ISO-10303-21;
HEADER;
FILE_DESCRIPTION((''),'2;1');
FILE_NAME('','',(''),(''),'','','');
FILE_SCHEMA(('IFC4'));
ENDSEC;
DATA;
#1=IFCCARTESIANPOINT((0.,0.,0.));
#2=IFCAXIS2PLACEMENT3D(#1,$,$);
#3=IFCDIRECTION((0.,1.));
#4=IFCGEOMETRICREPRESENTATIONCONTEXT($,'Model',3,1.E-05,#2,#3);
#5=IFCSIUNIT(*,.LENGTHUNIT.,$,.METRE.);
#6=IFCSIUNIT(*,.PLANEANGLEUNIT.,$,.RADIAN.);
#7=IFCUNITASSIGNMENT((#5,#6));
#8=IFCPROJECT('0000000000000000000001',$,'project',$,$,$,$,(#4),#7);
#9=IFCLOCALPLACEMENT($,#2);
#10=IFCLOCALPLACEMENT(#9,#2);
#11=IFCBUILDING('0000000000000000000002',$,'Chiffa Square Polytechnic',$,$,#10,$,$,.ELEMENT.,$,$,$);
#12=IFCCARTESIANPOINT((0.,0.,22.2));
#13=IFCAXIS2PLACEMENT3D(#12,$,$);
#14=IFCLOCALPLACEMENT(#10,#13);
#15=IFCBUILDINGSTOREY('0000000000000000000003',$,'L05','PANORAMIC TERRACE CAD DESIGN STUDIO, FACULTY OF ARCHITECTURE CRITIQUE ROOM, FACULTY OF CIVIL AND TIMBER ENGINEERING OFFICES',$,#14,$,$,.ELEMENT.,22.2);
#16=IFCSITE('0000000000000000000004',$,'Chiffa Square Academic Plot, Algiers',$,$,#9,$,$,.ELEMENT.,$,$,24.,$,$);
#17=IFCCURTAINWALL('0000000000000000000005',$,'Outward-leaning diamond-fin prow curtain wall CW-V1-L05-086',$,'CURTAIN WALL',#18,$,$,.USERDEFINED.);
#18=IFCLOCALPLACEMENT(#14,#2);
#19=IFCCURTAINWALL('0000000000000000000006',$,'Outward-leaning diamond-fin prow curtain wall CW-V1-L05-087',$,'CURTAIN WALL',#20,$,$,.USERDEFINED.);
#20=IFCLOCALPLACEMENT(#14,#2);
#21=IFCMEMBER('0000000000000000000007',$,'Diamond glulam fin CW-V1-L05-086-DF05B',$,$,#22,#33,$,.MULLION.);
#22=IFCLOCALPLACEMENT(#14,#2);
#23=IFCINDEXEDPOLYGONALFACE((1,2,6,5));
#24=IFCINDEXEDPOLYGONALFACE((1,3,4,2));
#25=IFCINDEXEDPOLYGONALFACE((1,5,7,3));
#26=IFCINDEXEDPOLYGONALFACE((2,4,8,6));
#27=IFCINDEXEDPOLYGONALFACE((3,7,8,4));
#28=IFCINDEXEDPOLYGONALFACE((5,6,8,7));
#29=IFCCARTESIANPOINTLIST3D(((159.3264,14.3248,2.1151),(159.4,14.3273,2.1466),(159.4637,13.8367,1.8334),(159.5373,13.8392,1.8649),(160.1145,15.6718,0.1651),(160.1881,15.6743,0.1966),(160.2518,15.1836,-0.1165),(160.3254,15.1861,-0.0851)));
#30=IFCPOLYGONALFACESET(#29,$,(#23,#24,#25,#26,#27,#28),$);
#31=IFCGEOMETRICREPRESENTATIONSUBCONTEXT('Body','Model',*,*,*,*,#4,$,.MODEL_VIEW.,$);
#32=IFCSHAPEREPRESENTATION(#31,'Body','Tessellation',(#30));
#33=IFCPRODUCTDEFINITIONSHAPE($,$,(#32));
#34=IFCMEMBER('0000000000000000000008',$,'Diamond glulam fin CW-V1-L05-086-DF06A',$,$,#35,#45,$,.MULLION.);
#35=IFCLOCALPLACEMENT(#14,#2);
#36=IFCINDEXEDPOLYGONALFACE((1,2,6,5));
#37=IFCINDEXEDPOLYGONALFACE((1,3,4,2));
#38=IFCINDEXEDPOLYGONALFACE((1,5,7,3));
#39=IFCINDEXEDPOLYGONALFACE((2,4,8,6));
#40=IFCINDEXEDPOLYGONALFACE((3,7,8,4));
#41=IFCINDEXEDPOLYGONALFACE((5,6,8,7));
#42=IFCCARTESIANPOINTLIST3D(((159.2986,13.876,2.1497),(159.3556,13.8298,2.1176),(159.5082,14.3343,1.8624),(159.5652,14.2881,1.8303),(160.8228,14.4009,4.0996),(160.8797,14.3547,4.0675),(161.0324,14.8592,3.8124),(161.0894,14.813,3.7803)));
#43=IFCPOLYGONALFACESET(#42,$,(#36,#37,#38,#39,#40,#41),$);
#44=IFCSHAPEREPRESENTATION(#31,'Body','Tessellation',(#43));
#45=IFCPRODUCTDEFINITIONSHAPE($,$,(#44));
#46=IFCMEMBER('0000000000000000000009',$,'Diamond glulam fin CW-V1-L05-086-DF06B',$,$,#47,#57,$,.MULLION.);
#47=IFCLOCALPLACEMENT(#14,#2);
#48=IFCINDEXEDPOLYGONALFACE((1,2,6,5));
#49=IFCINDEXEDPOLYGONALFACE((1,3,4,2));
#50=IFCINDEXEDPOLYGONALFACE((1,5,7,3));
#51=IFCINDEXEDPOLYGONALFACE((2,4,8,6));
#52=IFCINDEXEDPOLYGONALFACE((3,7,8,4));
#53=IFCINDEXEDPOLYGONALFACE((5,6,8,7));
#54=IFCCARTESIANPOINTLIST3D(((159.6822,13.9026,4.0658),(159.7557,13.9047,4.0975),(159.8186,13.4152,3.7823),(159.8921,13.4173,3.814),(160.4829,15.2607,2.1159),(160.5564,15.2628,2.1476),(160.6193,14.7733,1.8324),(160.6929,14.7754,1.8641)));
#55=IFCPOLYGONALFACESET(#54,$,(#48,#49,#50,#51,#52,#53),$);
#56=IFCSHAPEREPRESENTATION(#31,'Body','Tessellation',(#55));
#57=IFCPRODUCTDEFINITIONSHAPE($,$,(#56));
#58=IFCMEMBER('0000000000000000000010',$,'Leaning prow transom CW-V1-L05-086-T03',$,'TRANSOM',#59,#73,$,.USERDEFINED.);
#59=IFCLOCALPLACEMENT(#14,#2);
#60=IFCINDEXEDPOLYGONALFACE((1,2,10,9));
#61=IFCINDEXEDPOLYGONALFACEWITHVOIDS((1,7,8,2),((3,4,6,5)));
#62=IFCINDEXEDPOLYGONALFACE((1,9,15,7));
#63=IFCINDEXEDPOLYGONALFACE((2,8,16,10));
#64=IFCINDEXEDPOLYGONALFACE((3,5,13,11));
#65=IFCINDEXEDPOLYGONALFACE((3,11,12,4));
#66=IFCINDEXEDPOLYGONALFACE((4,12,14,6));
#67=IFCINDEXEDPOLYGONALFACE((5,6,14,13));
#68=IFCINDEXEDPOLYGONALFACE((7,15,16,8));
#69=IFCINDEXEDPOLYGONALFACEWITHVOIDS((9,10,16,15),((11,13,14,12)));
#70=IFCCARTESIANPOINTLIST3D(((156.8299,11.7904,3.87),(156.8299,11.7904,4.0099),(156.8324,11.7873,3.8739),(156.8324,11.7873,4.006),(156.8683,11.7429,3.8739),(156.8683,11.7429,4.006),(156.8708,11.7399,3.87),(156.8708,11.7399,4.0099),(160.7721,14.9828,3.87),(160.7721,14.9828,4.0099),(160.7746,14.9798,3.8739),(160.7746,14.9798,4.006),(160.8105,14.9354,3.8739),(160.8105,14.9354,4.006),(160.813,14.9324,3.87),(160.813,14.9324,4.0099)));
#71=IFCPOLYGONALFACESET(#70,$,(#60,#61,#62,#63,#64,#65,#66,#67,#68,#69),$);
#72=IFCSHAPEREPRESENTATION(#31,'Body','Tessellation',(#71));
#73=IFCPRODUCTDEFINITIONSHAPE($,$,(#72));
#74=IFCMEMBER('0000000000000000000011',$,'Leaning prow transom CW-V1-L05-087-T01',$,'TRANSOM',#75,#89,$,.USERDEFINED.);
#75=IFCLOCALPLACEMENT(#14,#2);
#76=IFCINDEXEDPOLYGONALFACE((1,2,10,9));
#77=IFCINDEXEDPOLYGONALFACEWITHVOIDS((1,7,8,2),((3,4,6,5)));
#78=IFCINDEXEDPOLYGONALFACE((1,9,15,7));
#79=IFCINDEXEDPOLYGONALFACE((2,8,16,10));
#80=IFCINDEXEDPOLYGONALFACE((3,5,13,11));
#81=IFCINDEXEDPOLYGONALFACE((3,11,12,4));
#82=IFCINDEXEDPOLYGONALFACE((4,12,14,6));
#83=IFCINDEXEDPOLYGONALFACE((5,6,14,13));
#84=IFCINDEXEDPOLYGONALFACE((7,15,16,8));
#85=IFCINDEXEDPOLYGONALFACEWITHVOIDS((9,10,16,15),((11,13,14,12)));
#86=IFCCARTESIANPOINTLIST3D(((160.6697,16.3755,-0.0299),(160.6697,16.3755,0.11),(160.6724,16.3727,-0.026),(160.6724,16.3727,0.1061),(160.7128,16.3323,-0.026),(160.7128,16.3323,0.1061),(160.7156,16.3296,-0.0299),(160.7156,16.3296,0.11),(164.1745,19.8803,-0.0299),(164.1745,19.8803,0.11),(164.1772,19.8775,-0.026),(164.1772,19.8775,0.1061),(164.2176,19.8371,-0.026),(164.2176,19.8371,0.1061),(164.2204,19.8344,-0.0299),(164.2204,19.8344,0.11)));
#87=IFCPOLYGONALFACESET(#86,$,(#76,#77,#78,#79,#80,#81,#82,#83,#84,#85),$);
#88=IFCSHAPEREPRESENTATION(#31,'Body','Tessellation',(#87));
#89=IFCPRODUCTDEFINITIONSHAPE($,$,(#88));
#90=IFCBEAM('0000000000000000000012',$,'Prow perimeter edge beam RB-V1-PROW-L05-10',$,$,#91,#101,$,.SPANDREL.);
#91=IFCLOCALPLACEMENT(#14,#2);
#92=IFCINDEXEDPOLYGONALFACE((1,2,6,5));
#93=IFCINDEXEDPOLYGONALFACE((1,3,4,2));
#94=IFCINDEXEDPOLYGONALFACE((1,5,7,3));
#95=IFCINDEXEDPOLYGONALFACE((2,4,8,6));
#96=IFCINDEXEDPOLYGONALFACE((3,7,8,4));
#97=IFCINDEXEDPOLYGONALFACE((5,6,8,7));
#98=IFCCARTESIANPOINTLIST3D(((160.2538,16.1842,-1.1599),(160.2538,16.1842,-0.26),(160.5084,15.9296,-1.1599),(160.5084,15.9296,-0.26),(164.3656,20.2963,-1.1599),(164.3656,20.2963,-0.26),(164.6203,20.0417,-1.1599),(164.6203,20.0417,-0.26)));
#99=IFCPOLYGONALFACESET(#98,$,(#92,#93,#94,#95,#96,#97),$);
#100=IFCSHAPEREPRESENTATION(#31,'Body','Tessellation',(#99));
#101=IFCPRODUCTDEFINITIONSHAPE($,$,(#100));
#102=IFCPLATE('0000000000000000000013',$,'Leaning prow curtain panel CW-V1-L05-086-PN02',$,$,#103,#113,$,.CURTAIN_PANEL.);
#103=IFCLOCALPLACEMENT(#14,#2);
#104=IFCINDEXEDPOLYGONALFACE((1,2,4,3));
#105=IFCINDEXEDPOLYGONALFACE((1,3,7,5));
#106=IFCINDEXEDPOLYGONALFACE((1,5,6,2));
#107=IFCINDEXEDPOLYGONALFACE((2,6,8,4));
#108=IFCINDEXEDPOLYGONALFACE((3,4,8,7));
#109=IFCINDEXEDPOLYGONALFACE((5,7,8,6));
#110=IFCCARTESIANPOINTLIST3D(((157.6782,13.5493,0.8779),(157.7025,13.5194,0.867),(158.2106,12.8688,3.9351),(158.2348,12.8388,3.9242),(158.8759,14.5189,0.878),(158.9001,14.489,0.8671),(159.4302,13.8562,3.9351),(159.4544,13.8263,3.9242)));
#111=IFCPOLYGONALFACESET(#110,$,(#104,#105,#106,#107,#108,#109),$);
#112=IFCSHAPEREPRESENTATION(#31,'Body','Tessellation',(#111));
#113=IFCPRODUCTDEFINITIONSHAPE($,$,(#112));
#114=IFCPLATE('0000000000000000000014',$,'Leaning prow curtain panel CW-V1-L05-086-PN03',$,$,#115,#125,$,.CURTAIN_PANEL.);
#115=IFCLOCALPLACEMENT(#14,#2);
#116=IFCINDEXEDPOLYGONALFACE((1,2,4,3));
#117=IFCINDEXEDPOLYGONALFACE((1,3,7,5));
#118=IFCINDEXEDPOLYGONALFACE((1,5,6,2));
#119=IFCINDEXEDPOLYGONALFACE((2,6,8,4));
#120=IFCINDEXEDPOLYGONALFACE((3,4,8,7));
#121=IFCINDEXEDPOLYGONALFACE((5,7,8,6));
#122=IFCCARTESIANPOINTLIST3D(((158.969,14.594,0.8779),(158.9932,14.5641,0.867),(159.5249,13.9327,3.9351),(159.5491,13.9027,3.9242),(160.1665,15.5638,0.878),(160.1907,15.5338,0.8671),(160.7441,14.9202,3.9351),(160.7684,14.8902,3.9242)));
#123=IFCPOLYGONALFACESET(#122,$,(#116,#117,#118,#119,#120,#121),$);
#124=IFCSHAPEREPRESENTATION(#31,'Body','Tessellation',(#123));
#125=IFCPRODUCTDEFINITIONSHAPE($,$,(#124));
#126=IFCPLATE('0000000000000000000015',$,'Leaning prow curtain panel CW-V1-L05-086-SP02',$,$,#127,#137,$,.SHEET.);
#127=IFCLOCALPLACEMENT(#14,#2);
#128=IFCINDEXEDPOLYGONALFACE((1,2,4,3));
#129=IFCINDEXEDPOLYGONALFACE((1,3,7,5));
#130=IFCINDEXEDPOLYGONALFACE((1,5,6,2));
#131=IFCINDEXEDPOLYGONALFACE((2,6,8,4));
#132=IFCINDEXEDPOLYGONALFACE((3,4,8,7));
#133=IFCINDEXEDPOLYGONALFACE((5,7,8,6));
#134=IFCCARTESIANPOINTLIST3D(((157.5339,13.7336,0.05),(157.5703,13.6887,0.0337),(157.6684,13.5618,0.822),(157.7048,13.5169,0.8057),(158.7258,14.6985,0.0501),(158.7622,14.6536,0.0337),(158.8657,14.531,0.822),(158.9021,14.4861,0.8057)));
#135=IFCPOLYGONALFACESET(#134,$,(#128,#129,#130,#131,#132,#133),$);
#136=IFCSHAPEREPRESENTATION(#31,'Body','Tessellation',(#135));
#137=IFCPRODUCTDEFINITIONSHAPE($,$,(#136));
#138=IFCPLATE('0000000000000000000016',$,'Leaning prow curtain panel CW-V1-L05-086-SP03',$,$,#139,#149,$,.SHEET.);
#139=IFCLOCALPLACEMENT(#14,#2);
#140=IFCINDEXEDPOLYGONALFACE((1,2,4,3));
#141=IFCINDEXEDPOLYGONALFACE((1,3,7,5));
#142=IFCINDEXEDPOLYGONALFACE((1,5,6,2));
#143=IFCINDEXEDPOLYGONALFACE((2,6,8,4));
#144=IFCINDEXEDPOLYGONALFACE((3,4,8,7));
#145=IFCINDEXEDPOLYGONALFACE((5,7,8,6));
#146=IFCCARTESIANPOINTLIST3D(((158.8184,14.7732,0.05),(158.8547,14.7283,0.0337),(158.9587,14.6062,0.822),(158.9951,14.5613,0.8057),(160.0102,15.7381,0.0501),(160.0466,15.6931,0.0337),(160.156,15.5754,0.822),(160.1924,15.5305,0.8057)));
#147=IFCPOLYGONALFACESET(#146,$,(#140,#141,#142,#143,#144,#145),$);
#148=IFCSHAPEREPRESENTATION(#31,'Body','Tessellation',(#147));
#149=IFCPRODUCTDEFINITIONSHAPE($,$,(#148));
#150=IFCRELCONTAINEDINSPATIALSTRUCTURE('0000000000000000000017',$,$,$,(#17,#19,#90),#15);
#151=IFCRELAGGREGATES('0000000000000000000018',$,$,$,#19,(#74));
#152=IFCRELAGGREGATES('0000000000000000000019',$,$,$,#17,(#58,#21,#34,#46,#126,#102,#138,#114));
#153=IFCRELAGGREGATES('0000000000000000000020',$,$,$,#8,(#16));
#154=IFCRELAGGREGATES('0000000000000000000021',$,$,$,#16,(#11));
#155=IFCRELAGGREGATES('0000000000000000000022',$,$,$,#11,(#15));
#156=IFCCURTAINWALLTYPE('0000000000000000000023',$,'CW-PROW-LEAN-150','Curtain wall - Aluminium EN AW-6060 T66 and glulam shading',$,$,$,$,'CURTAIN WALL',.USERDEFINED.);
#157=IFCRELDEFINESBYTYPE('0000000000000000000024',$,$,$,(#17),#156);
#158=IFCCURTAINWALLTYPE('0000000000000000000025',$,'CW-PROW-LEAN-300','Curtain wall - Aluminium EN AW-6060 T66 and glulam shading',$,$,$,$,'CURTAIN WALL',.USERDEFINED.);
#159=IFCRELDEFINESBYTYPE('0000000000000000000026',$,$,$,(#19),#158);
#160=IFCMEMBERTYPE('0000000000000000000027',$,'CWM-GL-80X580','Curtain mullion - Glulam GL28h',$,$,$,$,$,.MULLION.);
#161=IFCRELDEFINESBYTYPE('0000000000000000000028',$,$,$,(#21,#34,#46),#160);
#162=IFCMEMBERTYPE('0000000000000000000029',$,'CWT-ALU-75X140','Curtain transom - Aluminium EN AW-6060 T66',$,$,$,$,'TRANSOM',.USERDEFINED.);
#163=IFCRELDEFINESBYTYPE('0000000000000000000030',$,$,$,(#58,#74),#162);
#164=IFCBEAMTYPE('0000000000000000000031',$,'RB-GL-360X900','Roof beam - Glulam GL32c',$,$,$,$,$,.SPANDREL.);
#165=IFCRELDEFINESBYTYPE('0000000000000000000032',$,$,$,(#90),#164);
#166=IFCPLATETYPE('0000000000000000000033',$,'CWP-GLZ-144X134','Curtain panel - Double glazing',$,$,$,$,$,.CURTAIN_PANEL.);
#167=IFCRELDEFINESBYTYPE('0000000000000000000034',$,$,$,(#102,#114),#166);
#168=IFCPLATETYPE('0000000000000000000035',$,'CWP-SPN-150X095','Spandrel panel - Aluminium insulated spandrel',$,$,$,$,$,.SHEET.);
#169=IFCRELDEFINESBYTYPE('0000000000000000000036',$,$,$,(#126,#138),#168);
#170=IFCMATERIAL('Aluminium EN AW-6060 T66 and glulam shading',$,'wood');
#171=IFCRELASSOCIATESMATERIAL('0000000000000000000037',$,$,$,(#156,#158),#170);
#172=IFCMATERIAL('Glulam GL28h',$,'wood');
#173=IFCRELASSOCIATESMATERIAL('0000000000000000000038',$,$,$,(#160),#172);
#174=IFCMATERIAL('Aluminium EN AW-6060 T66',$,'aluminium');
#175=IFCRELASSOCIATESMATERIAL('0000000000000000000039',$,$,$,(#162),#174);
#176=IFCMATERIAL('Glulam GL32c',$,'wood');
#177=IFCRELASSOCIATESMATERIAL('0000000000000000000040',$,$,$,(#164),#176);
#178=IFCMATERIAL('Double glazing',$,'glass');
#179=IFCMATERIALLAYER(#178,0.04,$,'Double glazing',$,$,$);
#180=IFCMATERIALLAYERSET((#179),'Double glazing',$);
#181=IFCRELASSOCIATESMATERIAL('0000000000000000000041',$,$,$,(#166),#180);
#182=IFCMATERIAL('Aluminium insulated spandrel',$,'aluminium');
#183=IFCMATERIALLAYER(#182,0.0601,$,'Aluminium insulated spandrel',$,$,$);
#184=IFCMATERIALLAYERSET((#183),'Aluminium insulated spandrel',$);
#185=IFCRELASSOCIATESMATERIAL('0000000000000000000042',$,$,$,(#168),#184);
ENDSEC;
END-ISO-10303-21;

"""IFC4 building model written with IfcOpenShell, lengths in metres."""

from ifc_helpers import new_model, si_unit, direction, frame, origin, origin_2d, place, context, subcontext, project, spatial, polyline, rectangle, hollow_rectangle, outline, extrude, material, layer, layer_set, material_profile, profile_set, type_object, element, aggregate, save


model = new_model("IFC4")

# Units and contexts
model_context = context("Model", 3, precision=1e-05, world=origin(), true_north=direction((0.0, 1.0)))
body_context = subcontext(model_context, "Body", "Model", "MODEL_VIEW")
ifc_project = project(units=[si_unit("LENGTHUNIT", "METRE"), si_unit("PLANEANGLEUNIT", "RADIAN")], contexts=[model_context])

# Site, building, storey
site_placement = place(None, origin())
site = spatial("IfcSite", under=ifc_project, at=site_placement, Name="Chiffa Square Academic Plot, Algiers", CompositionType="ELEMENT", RefElevation=24.0)
building_placement = place(site_placement, origin())
building = spatial("IfcBuilding", under=site, at=building_placement, Name="Chiffa Square Polytechnic", CompositionType="ELEMENT")
storey_placement = place(building_placement, frame((0.0, 0.0, 22.2)))
storey = spatial("IfcBuildingStorey", under=building, at=storey_placement, Name="L05", Description="PANORAMIC TERRACE CAD DESIGN STUDIO, FACULTY OF ARCHITECTURE CRITIQUE ROOM, FACULTY OF CIVIL AND TIMBER ENGINEERING OFFICES", CompositionType="ELEMENT", Elevation=22.2)

# Shared definitions
ifc_material_1 = material(Name="Glulam GL32c", Category="wood")

# Curtain wall
ifc_material_2 = material(Name="Aluminium EN AW-6060 T66 and glulam shading", Category="wood")
curtain_wall_type_1 = type_object("IfcCurtainWallType", Name="CW-PROW-LEAN-150", Description="Curtain wall - Aluminium EN AW-6060 T66 and glulam shading", ElementType="CURTAIN WALL", PredefinedType="USERDEFINED", material=ifc_material_2)
curtain_wall_1_placement = place(storey_placement, origin())
curtain_wall_1 = element("IfcCurtainWall", 1, at=curtain_wall_1_placement, inside=storey, type_object=curtain_wall_type_1, Name="Outward-leaning diamond-fin prow curtain wall CW-V1-L05-086", ObjectType="CURTAIN WALL", PredefinedType="USERDEFINED")
ifc_material_3 = material(Name="Aluminium EN AW-6060 T66", Category="aluminium")

# Curtain wall
curtain_wall_type_2 = type_object("IfcCurtainWallType", Name="CW-PROW-LEAN-300", Description="Curtain wall - Aluminium EN AW-6060 T66 and glulam shading", ElementType="CURTAIN WALL", PredefinedType="USERDEFINED", material=ifc_material_2)
curtain_wall_2_placement = place(storey_placement, origin())
curtain_wall_2 = element("IfcCurtainWall", 2, at=curtain_wall_2_placement, inside=storey, type_object=curtain_wall_type_2, Name="Outward-leaning diamond-fin prow curtain wall CW-V1-L05-087", ObjectType="CURTAIN WALL", PredefinedType="USERDEFINED")

# Members
ifc_material_4 = material(Name="Glulam GL28h", Category="wood")
ifc_material_profile_1 = material_profile(ifc_material_4, rectangle(XDim=0.0801, YDim=0.5801, at=origin_2d()), Name="GL28h 80x580")
ifc_profile_set_1 = profile_set([ifc_material_profile_1], Name="Glulam GL28h")
member_type_1 = type_object("IfcMemberType", Name="CWM-GL-80X580", Description="Curtain mullion - Glulam GL28h", PredefinedType="MULLION", material=ifc_profile_set_1)
member_1_placement = place(storey_placement, frame((160.22, 15.429, 0.04), z_axis=(-0.315548, -0.539305, 0.780756), x_axis=(0.9189, 0.031622, 0.393222)))
member_1 = element("IfcMember", 3, at=member_1_placement, type_object=member_type_1, Name="Diamond glulam fin CW-V1-L05-086-DF05B", PredefinedType="MULLION", context=body_context, shape_type="SweptSolid", body=[
    extrude(rectangle(XDim=0.0801, YDim=0.5801, at=origin_2d()), origin(), (0.0, 0.0, 1.0), 2.4976),
])
member_2_placement = place(storey_placement, frame((159.4319, 14.082, 1.99), z_axis=(0.602437, 0.207471, 0.77073), x_axis=(-0.711655, 0.576857, 0.400979)))
member_2 = element("IfcMember", 4, at=member_2_placement, type_object=member_type_1, Name="Diamond glulam fin CW-V1-L05-086-DF06A", PredefinedType="MULLION", context=body_context, shape_type="SweptSolid", body=[
    extrude(rectangle(XDim=0.0801, YDim=0.5801, at=origin_2d()), origin(), (0.0, 0.0, 1.0), 2.53),
])
member_3_placement = place(storey_placement, frame((160.5879, 15.0181, 1.99), z_axis=(-0.31934, -0.541612, 0.777611), x_axis=(0.917995, 0.026836, 0.395682)))
member_3 = element("IfcMember", 5, at=member_3_placement, type_object=member_type_1, Name="Diamond glulam fin CW-V1-L05-086-DF06B", PredefinedType="MULLION", context=body_context, shape_type="SweptSolid", body=[
    extrude(rectangle(XDim=0.0801, YDim=0.5801, at=origin_2d()), origin(), (0.0, 0.0, 1.0), 2.5076),
])
ifc_material_profile_2 = material_profile(ifc_material_3, hollow_rectangle(XDim=0.0649, YDim=0.1399, WallThickness=0.0039, at=origin_2d()), Name="ALU 65x140x4")
ifc_profile_set_2 = profile_set([ifc_material_profile_2], Name="Aluminium EN AW-6060 T66")
member_type_2 = type_object("IfcMemberType", Name="CWT-ALU-75X140", Description="Curtain transom - Aluminium EN AW-6060 T66", ElementType="TRANSOM", PredefinedType="USERDEFINED", material=ifc_profile_set_2)
member_4_placement = place(storey_placement, frame((156.8503, 11.7651, 3.9399), z_axis=(0.777136, 0.629333, 0.0), x_axis=(-0.629333, 0.777136, 0.0)))
member_4 = element("IfcMember", 6, at=member_4_placement, type_object=member_type_2, Name="Leaning prow transom CW-V1-L05-086-T03", ObjectType="TRANSOM", PredefinedType="USERDEFINED", context=body_context, shape_type="SweptSolid", body=[
    extrude(hollow_rectangle(XDim=0.0649, YDim=0.1399, WallThickness=0.0039, at=origin_2d()), origin(), (0.0, 0.0, 1.0), 5.0728),
])
member_5_placement = place(storey_placement, frame((160.6926, 16.3525, 0.04), z_axis=(0.707107, 0.707107, 0.0), x_axis=(-0.707107, 0.707107, 0.0)))
member_5 = element("IfcMember", 7, at=member_5_placement, type_object=member_type_2, Name="Leaning prow transom CW-V1-L05-087-T01", ObjectType="TRANSOM", PredefinedType="USERDEFINED", context=body_context, shape_type="SweptSolid", body=[
    extrude(hollow_rectangle(XDim=0.0649, YDim=0.1399, WallThickness=0.0039, at=origin_2d()), origin(), (0.0, 0.0, 1.0), 4.9565),
])
aggregate(curtain_wall_2, [member_5])

# Beam
ifc_material_profile_3 = material_profile(ifc_material_1, rectangle(XDim=0.3601, YDim=0.8999, at=origin_2d()), Name="GL32c 360x900")
ifc_profile_set_3 = profile_set([ifc_material_profile_3], Name="Glulam GL32c")
beam_type = type_object("IfcBeamType", Name="RB-GL-360X900", Description="Roof beam - Glulam GL32c", PredefinedType="SPANDREL", material=ifc_profile_set_3)
beam_placement = place(storey_placement, frame((160.3811, 16.0569, -0.71), z_axis=(0.707086, 0.707128, 0.0), x_axis=(-0.707128, 0.707086, 0.0)))
element("IfcBeam", 8, at=beam_placement, inside=storey, type_object=beam_type, Name="Prow perimeter edge beam RB-V1-PROW-L05-10", PredefinedType="SPANDREL", context=body_context, shape_type="SweptSolid", body=[
    extrude(rectangle(XDim=0.3601, YDim=0.8999, at=origin_2d()), origin(), (0.0, 0.0, 1.0), 5.8152),
])

# Plates
ifc_material_5 = material(Name="Double glazing", Category="glass")
ifc_layer_1 = layer(ifc_material_5, 0.04, Name="Double glazing")
ifc_layer_set_1 = layer_set([ifc_layer_1], Name="Double glazing")
plate_type_1 = type_object("IfcPlateType", Name="CWP-GLZ-144X134", Description="Curtain panel - Double glazing", PredefinedType="CURTAIN_PANEL", material=ifc_layer_set_1)
plate_1_placement = place(storey_placement, frame((157.6782, 13.5493, 0.8779), z_axis=(-0.605529, 0.747922, 0.271932), x_axis=(0.777216, 0.629234, 0.000031)))
plate_1 = element("IfcPlate", 9, at=plate_1_placement, type_object=plate_type_1, Name="Leaning prow curtain panel CW-V1-L05-086-PN02", PredefinedType="CURTAIN_PANEL", context=body_context, shape_type="SweptSolid", body=[
    extrude(outline(polyline([(0.0, 0.0), (1.5409, 0.0), (1.5548, -3.1768), (-0.0144, -3.1769), (0.0, 0.0)])), origin(), (0.0, 0.0, -1.0), 0.04),
])
plate_2_placement = place(storey_placement, frame((158.969, 14.594, 0.8779), z_axis=(-0.605656, 0.747834, 0.271891), x_axis=(0.777112, 0.629362, 0.000015)))
plate_2 = element("IfcPlate", 10, at=plate_2_placement, type_object=plate_type_1, Name="Leaning prow curtain panel CW-V1-L05-086-PN03", PredefinedType="CURTAIN_PANEL", context=body_context, shape_type="SweptSolid", body=[
    extrude(outline(polyline([(0.0, 0.0), (1.5409, 0.0), (1.5848, -3.1768), (0.0158, -3.1768), (0.0, 0.0)])), origin(), (0.0, 0.0, -1.0), 0.04),
])
ifc_material_6 = material(Name="Aluminium insulated spandrel", Category="aluminium")
ifc_layer_2 = layer(ifc_material_6, 0.0601, Name="Aluminium insulated spandrel")
ifc_layer_set_2 = layer_set([ifc_layer_2], Name="Aluminium insulated spandrel")
plate_type_2 = type_object("IfcPlateType", Name="CWP-SPN-150X095", Description="Spandrel panel - Aluminium insulated spandrel", PredefinedType="SHEET", material=ifc_layer_set_2)
plate_3_placement = place(storey_placement, frame((157.5339, 13.7336, 0.05), z_axis=(-0.605474, 0.747939, 0.272009), x_axis=(0.777245, 0.629198, 0.000003)))
plate_3 = element("IfcPlate", 11, at=plate_3_placement, type_object=plate_type_2, Name="Leaning prow curtain panel CW-V1-L05-086-SP02", PredefinedType="SHEET", context=body_context, shape_type="SweptSolid", body=[
    extrude(outline(polyline([(0.0, 0.0), (1.5335, 0.0), (1.5368, -0.8022), (-0.0036, -0.8022), (0.0, 0.0)])), origin(), (0.0, 0.0, -1.0), 0.0601),
])
plate_4_placement = place(storey_placement, frame((158.8184, 14.7732, 0.05), z_axis=(-0.605496, 0.747966, 0.271884), x_axis=(0.777245, 0.629198, 0.000003)))
plate_4 = element("IfcPlate", 12, at=plate_4_placement, type_object=plate_type_2, Name="Leaning prow curtain panel CW-V1-L05-086-SP03", PredefinedType="SHEET", context=body_context, shape_type="SweptSolid", body=[
    extrude(outline(polyline([(0.0, 0.0), (1.5335, 0.0), (1.5445, -0.8022), (0.004, -0.8022), (0.0, 0.0)])), origin(), (0.0, 0.0, -1.0), 0.0601),
])
aggregate(curtain_wall_1, [member_4, member_1, member_2, member_3, plate_3, plate_1, plate_4, plate_2])

save(model, "model.ifc")
